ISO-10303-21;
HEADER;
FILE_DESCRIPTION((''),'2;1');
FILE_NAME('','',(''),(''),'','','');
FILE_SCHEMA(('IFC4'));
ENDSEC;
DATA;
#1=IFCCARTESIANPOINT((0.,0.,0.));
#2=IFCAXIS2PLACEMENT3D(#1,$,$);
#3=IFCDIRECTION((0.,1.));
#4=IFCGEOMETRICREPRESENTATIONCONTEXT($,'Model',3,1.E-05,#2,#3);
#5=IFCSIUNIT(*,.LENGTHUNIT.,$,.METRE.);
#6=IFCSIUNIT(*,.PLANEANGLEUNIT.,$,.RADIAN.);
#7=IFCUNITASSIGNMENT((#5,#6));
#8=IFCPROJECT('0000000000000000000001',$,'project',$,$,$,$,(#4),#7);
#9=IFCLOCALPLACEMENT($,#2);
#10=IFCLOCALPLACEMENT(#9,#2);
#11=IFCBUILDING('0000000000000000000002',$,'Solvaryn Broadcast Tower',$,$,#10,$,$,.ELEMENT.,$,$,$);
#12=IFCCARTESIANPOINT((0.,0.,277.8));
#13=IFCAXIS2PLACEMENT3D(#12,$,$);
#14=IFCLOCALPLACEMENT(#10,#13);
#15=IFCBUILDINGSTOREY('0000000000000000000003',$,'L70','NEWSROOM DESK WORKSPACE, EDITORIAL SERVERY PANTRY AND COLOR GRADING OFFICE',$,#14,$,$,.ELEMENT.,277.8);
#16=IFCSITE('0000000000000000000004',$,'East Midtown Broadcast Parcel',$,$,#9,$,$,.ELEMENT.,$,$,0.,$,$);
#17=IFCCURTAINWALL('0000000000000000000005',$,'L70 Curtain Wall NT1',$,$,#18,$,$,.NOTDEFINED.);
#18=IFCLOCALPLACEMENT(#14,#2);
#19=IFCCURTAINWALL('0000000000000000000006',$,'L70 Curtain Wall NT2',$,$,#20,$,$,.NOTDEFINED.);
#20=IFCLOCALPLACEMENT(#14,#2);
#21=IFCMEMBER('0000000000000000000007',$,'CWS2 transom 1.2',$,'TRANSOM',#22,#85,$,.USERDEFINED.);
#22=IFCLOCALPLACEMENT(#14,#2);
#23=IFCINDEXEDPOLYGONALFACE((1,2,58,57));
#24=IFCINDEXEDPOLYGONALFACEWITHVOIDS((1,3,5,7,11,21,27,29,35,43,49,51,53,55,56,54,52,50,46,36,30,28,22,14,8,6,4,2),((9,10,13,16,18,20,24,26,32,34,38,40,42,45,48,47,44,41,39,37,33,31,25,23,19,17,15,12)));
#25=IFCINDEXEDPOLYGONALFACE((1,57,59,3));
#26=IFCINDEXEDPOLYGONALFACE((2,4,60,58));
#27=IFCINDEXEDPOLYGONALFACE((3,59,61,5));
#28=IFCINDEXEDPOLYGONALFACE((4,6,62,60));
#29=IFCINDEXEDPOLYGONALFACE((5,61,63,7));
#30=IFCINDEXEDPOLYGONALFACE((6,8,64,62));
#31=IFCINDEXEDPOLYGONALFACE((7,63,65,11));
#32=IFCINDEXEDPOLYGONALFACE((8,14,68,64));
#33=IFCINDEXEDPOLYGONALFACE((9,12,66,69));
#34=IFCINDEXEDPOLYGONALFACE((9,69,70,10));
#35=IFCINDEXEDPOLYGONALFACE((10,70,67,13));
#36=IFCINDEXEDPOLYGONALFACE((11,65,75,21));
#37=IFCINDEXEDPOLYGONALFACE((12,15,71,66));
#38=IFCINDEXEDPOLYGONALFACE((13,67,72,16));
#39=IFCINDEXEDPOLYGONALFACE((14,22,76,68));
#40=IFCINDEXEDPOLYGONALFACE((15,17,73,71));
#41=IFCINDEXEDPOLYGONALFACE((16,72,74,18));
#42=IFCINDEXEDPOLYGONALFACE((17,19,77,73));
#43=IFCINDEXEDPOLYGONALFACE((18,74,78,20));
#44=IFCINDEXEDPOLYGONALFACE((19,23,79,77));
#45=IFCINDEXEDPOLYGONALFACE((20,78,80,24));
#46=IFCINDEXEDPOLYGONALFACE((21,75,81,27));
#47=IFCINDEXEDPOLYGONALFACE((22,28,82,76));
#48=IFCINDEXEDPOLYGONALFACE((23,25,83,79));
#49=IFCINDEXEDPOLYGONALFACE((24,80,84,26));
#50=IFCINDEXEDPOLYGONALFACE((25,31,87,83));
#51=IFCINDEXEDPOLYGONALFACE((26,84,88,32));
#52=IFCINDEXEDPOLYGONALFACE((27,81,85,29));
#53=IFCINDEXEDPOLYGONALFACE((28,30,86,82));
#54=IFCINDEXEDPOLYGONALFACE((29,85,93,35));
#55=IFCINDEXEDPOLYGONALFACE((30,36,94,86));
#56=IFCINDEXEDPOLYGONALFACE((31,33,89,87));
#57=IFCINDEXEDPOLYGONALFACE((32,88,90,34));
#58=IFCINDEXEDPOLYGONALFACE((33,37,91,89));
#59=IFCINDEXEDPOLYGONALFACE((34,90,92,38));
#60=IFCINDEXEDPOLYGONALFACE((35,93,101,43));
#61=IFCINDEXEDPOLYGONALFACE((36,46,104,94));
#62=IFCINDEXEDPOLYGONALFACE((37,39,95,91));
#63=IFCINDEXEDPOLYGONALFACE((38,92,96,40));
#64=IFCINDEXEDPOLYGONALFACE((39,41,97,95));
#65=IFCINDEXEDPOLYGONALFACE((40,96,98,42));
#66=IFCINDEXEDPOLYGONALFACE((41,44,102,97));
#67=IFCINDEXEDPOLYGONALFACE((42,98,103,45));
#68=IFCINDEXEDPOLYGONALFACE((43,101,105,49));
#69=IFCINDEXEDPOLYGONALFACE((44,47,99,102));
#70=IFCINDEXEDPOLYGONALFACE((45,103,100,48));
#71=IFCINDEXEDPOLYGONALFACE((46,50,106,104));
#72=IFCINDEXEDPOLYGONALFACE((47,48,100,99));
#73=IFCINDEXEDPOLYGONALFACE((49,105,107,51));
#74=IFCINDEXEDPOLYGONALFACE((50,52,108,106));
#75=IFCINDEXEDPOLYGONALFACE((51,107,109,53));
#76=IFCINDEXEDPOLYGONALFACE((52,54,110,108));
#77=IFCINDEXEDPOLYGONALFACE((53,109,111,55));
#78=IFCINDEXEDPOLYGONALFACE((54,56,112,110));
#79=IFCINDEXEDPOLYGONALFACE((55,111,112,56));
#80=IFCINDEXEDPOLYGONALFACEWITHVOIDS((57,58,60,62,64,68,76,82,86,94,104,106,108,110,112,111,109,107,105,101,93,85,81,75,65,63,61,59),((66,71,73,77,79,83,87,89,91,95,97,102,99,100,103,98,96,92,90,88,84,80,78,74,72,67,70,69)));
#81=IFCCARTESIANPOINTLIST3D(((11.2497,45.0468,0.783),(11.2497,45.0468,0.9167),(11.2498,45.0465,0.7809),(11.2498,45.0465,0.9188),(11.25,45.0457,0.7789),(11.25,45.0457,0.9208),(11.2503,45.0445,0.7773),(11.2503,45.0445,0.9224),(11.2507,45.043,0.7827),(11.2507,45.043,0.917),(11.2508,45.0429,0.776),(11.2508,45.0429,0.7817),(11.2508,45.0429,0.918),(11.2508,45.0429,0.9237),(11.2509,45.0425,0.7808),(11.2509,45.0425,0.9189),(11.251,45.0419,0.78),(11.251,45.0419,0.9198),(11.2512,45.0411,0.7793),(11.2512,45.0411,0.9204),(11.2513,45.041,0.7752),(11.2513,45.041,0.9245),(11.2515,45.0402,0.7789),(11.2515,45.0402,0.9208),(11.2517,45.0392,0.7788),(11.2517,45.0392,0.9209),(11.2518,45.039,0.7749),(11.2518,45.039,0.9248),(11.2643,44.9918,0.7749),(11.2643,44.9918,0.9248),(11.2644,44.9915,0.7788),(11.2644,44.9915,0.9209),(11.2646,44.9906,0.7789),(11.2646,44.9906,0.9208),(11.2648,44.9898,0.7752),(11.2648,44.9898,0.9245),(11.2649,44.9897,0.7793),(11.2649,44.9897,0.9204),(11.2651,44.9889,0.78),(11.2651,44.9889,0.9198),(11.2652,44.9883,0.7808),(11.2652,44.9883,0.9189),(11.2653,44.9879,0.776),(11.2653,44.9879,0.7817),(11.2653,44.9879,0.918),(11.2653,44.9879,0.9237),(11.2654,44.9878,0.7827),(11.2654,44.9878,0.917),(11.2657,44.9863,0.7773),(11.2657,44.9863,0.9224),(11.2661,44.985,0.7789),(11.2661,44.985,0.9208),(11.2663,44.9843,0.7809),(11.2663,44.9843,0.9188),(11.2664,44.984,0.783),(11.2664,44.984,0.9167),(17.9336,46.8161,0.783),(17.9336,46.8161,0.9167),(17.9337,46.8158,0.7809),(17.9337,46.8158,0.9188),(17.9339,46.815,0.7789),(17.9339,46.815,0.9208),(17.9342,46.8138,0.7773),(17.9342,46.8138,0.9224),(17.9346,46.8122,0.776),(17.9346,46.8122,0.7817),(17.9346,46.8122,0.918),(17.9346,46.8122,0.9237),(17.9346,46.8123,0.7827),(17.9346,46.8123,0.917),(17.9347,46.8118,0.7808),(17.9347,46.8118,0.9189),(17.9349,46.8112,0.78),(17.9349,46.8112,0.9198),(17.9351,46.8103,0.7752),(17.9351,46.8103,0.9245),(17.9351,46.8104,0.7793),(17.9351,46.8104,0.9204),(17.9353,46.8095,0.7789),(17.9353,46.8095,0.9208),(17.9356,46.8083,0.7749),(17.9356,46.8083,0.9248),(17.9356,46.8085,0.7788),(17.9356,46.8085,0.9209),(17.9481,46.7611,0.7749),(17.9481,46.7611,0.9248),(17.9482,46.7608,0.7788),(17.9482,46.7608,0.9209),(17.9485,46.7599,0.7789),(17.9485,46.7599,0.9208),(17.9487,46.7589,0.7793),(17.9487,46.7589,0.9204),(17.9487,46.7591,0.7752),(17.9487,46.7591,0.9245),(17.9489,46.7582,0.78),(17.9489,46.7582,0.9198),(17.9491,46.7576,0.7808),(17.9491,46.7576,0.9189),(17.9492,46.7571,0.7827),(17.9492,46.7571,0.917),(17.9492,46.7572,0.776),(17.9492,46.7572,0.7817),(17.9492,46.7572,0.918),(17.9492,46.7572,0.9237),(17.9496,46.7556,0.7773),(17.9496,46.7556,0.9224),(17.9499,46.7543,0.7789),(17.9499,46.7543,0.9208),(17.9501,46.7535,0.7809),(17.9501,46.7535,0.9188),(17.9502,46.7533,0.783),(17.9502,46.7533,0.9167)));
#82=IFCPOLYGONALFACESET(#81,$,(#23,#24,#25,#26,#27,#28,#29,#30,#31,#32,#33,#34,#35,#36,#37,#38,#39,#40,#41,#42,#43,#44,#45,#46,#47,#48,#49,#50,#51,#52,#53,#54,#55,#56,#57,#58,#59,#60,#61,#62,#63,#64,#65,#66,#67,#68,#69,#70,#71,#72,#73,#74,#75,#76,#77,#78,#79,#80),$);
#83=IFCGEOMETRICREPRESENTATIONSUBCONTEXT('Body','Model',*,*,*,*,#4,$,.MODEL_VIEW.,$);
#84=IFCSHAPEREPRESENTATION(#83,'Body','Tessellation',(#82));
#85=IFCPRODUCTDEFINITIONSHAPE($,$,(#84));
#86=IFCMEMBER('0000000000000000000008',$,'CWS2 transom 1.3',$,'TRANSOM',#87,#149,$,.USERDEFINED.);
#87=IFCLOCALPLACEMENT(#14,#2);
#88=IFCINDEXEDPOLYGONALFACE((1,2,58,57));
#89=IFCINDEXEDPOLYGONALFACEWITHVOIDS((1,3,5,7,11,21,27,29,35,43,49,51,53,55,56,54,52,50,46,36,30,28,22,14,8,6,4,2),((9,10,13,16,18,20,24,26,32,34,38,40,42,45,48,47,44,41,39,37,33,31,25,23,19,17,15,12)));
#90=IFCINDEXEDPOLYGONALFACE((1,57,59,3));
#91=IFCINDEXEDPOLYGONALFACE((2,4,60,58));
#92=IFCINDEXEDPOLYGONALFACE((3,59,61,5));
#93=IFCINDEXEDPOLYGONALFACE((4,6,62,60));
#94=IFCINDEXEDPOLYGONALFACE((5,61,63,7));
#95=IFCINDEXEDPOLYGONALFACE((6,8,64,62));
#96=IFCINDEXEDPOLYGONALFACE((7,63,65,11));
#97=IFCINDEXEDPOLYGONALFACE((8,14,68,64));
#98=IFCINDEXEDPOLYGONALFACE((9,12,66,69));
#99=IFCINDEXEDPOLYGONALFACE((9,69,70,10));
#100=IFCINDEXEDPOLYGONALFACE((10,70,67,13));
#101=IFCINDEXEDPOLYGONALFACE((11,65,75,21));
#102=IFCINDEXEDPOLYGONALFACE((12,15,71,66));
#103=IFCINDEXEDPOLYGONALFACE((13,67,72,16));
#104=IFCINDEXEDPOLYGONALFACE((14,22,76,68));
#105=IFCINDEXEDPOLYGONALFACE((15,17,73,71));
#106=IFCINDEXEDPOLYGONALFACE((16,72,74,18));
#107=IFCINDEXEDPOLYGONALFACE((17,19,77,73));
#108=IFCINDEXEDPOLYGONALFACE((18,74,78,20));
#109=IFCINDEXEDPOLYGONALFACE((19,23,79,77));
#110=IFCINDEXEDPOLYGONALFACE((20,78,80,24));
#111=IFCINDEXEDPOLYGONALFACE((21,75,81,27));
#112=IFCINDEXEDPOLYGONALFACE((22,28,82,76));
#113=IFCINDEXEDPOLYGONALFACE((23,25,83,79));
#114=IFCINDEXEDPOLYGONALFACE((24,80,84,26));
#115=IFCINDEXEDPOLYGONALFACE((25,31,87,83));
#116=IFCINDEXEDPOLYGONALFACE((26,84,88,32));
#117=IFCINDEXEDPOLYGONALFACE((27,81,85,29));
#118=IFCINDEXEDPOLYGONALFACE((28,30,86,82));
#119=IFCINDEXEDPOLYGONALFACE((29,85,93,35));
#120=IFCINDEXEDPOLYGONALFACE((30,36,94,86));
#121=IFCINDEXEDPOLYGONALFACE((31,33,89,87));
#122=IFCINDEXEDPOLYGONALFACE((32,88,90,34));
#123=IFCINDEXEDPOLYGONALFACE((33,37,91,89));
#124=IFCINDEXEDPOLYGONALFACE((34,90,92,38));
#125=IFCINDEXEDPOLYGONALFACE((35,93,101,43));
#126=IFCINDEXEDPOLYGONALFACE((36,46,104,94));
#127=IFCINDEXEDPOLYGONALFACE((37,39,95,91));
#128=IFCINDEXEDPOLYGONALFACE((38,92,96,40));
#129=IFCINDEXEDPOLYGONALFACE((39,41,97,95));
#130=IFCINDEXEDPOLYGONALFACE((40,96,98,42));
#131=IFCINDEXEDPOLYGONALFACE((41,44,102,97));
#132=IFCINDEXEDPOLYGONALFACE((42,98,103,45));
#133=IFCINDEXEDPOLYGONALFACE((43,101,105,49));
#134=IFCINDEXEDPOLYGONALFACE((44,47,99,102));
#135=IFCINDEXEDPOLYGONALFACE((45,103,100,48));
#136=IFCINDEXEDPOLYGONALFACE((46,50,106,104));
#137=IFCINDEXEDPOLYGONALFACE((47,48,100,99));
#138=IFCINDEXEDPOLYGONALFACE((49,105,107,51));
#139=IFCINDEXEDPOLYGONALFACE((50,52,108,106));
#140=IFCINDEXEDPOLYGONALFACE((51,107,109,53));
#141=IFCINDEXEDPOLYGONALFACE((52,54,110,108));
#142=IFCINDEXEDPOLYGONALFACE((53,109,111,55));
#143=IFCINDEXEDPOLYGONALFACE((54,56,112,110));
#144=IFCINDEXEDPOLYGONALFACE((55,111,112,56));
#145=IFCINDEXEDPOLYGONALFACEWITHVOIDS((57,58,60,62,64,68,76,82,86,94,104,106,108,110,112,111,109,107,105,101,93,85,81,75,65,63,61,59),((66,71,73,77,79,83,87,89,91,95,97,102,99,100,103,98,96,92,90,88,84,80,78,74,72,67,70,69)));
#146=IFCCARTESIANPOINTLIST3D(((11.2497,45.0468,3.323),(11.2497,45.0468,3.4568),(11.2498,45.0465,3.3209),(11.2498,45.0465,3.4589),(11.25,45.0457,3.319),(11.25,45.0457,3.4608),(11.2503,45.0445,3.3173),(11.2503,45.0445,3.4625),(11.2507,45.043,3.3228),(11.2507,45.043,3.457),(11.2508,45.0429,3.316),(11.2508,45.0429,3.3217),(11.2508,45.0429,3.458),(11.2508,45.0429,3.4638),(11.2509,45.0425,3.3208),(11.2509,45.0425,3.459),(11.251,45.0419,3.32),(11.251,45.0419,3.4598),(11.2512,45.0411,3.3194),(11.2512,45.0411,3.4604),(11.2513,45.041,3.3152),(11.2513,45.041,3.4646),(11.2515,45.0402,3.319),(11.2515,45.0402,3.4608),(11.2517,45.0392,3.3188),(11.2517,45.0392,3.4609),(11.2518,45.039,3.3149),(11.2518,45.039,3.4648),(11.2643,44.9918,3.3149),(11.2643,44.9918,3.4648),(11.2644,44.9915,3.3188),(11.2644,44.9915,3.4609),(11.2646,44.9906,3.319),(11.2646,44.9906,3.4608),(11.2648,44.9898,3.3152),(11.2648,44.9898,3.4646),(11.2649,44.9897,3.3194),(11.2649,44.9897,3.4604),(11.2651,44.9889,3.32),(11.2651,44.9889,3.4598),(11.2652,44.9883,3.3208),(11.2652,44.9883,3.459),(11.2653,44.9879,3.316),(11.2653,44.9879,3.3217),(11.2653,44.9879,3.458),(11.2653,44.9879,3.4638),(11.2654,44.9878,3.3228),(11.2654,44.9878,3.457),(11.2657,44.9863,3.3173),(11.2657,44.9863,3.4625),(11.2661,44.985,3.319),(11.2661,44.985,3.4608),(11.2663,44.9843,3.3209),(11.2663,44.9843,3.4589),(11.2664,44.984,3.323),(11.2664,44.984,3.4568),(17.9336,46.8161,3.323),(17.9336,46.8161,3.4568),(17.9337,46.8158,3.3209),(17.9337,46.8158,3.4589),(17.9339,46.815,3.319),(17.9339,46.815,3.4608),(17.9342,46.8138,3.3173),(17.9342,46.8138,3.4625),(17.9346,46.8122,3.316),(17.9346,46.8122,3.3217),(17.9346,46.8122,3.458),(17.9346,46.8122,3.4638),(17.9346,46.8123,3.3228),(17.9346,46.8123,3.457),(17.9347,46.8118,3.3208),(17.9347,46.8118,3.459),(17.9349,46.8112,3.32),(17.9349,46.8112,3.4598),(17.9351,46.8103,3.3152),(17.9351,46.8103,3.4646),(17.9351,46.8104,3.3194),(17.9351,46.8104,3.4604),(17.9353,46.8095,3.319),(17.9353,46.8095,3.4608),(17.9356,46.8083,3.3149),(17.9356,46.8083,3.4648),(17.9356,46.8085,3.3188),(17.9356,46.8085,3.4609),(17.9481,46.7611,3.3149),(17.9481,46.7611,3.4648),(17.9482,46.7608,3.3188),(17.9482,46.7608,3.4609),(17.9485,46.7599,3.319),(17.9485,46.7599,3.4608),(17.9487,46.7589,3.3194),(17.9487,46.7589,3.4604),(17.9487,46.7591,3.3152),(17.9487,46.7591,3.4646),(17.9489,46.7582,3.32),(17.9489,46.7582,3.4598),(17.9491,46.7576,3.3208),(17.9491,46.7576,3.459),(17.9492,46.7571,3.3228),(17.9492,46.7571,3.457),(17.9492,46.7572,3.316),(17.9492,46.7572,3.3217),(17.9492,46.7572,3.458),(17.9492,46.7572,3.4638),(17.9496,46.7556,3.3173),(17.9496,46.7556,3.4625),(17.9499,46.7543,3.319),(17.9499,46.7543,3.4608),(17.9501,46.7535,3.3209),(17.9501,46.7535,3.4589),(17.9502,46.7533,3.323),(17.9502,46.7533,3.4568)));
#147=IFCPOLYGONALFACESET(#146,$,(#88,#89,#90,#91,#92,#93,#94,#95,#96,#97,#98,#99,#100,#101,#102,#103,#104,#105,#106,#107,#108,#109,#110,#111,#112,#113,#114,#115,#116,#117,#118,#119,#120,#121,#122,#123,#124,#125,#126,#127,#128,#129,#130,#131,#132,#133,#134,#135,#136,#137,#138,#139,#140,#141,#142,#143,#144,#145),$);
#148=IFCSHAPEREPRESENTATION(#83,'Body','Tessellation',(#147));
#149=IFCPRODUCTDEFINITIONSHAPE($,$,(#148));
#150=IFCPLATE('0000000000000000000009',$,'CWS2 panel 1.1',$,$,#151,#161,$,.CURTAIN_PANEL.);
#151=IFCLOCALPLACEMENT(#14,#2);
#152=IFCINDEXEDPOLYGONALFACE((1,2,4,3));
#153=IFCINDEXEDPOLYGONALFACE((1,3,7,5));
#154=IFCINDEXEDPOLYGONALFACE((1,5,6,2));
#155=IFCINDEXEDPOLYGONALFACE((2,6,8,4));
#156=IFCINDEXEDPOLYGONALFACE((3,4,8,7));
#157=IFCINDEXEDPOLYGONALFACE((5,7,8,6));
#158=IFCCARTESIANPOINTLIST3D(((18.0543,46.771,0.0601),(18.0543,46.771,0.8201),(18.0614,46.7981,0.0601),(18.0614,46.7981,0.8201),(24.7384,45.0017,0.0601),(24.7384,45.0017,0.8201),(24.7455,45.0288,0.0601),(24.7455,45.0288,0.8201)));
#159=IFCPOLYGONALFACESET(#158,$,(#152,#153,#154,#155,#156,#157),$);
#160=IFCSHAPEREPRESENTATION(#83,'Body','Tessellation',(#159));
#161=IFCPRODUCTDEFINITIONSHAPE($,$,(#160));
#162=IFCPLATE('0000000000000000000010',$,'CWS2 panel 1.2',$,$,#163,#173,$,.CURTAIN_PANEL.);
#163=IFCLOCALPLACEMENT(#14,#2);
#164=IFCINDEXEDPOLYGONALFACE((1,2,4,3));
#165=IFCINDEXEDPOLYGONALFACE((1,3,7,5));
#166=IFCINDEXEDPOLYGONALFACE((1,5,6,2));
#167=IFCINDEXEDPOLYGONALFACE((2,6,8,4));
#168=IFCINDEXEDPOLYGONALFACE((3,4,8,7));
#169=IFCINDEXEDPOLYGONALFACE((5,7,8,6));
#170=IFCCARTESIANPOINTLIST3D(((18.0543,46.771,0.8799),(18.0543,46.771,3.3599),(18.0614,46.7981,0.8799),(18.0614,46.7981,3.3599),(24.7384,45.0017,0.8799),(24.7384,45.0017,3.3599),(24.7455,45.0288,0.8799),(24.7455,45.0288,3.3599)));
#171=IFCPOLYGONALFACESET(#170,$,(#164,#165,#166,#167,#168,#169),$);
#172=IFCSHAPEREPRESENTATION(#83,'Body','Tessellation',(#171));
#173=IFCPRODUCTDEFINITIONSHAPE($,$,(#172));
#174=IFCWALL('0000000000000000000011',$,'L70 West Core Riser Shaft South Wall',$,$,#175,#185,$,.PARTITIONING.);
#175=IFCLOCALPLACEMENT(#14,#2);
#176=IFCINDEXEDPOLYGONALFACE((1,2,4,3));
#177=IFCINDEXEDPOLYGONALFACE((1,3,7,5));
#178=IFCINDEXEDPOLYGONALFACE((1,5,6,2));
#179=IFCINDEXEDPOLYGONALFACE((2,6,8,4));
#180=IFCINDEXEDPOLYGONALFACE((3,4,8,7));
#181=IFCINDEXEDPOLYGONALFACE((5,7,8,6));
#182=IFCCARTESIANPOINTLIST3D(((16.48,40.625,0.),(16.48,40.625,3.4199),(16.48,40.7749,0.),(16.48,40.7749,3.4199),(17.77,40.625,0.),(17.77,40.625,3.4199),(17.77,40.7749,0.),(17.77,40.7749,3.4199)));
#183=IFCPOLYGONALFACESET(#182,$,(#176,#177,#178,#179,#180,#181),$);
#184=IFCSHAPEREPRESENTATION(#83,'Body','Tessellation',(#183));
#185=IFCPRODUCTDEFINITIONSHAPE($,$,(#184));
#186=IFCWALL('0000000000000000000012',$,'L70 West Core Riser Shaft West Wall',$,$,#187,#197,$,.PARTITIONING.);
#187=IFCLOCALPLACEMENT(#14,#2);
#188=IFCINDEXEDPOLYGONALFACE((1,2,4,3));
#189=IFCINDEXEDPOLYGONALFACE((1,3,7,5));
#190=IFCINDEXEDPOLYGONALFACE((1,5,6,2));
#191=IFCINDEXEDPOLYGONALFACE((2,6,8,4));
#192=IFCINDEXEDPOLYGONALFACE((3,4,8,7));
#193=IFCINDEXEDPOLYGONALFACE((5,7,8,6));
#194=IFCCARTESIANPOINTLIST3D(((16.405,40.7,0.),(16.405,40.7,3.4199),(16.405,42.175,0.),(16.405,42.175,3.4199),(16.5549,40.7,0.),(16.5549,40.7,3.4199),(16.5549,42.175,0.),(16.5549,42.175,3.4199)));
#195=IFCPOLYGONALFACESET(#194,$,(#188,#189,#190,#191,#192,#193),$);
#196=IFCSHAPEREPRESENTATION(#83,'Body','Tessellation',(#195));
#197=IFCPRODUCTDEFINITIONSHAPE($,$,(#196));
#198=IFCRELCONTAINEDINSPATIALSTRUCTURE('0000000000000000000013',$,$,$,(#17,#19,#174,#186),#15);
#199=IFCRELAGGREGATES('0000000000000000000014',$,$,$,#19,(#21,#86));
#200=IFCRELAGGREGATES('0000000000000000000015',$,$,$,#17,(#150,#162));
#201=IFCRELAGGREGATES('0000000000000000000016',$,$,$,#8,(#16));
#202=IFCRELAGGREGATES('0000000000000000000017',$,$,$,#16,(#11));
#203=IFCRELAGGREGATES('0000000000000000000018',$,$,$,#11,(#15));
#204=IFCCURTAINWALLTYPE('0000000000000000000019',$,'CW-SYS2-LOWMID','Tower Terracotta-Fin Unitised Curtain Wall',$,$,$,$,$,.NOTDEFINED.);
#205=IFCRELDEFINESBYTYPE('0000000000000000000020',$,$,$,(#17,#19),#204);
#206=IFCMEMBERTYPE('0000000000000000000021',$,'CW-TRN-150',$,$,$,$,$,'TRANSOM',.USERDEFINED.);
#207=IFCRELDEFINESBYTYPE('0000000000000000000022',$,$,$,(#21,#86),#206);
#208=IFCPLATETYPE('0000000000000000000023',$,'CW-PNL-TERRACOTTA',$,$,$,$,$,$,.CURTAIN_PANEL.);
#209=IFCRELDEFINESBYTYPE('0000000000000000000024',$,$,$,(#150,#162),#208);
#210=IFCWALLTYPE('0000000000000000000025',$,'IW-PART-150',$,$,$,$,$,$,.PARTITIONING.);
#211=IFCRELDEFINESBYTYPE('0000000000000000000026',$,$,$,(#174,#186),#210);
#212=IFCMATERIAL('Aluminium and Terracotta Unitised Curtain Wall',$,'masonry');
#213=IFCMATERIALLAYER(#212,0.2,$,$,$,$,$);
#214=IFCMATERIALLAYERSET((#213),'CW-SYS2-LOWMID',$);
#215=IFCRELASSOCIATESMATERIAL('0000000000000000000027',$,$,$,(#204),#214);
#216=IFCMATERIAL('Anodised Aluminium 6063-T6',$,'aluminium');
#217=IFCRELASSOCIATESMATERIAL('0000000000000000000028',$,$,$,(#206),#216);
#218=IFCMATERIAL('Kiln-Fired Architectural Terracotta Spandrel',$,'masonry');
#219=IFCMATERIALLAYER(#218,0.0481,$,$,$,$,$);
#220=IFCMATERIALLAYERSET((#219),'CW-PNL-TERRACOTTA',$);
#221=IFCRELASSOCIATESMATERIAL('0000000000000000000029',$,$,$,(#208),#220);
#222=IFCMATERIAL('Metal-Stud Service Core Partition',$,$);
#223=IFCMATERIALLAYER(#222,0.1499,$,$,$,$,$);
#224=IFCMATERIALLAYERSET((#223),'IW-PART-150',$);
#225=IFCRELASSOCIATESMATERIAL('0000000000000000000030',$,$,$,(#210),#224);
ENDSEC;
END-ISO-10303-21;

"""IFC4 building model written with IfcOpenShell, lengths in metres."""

from ifc_helpers import new_model, si_unit, direction, frame, frame_2d, origin, origin_2d, place, context, subcontext, project, spatial, rectangle, hollow_rectangle, extrude, material, layer, layer_set, material_profile, profile_set, type_object, element, aggregate, save


model = new_model("IFC4")

# Units and contexts
model_context = context("Model", 3, precision=1e-05, world=origin(), true_north=direction((0.0, 1.0)))
body_context = subcontext(model_context, "Body", "Model", "MODEL_VIEW")
ifc_project = project(units=[si_unit("LENGTHUNIT", "METRE"), si_unit("PLANEANGLEUNIT", "RADIAN")], contexts=[model_context])

# Site, building, storey
site_placement = place(None, origin())
site = spatial("IfcSite", under=ifc_project, at=site_placement, Name="East Midtown Broadcast Parcel", CompositionType="ELEMENT", RefElevation=0.0)
building_placement = place(site_placement, origin())
building = spatial("IfcBuilding", under=site, at=building_placement, Name="Solvaryn Broadcast Tower", CompositionType="ELEMENT")
storey_placement = place(building_placement, frame((0.0, 0.0, 277.8)))
storey = spatial("IfcBuildingStorey", under=building, at=storey_placement, Name="L70", Description="NEWSROOM DESK WORKSPACE, EDITORIAL SERVERY PANTRY AND COLOR GRADING OFFICE", CompositionType="ELEMENT", Elevation=277.8)

# Curtain wall
ifc_material_1 = material(Name="Aluminium and Terracotta Unitised Curtain Wall", Category="masonry")
ifc_layer_1 = layer(ifc_material_1, 0.2)
ifc_layer_set_1 = layer_set([ifc_layer_1], Name="CW-SYS2-LOWMID")
curtain_wall_type = type_object("IfcCurtainWallType", Name="CW-SYS2-LOWMID", Description="Tower Terracotta-Fin Unitised Curtain Wall", PredefinedType="NOTDEFINED", material=ifc_layer_set_1)
curtain_wall_1_placement = place(storey_placement, origin())
curtain_wall_1 = element("IfcCurtainWall", 1, at=curtain_wall_1_placement, inside=storey, type_object=curtain_wall_type, Name="L70 Curtain Wall NT1", PredefinedType="NOTDEFINED")

# Curtain wall, members
curtain_wall_2_placement = place(storey_placement, origin())
curtain_wall_2 = element("IfcCurtainWall", 2, at=curtain_wall_2_placement, inside=storey, type_object=curtain_wall_type, Name="L70 Curtain Wall NT2", PredefinedType="NOTDEFINED")
ifc_material_2 = material(Name="Anodised Aluminium 6063-T6", Category="aluminium")
ifc_material_profile_1 = material_profile(ifc_material_2, hollow_rectangle(XDim=0.0649, YDim=0.1499, WallThickness=0.0039, InnerFilletRadius=0.0039, OuterFilletRadius=0.0081, at=origin_2d()))
ifc_profile_set_1 = profile_set([ifc_material_profile_1], Name="Anodised Aluminium 6063-T6")
member_type_1 = type_object("IfcMemberType", Name="CW-TRN-150", ElementType="TRANSOM", PredefinedType="USERDEFINED", material=ifc_profile_set_1)
member_1_placement = place(storey_placement, frame((17.9419, 46.7847, 0.8499), z_axis=(-0.966704, -0.255897, 0.0), x_axis=(0.255897, -0.966704, 0.0)))
member_1 = element("IfcMember", 3, at=member_1_placement, type_object=member_type_1, Name="CWS2 transom 1.2", ObjectType="TRANSOM", PredefinedType="USERDEFINED", context=body_context, shape_type="SweptSolid", body=[
    extrude(hollow_rectangle(XDim=0.0649, YDim=0.1499, WallThickness=0.0039, InnerFilletRadius=0.0039, OuterFilletRadius=0.0081, at=origin_2d()), origin(), (0.0, 0.0, 1.0), 6.9141),
])
member_2_placement = place(storey_placement, frame((17.9419, 46.7847, 3.3899), z_axis=(-0.966704, -0.255897, 0.0), x_axis=(0.255897, -0.966704, 0.0)))
member_2 = element("IfcMember", 4, at=member_2_placement, type_object=member_type_1, Name="CWS2 transom 1.3", ObjectType="TRANSOM", PredefinedType="USERDEFINED", context=body_context, shape_type="SweptSolid", body=[
    extrude(hollow_rectangle(XDim=0.0649, YDim=0.1499, WallThickness=0.0039, InnerFilletRadius=0.0039, OuterFilletRadius=0.0081, at=origin_2d()), origin(), (0.0, 0.0, 1.0), 6.9141),
])
aggregate(curtain_wall_2, [member_1, member_2])

# Plates
ifc_material_3 = material(Name="Kiln-Fired Architectural Terracotta Spandrel", Category="masonry")
ifc_layer_2 = layer(ifc_material_3, 0.0481)
ifc_layer_set_2 = layer_set([ifc_layer_2], Name="CW-PNL-TERRACOTTA")
plate_type = type_object("IfcPlateType", Name="CW-PNL-TERRACOTTA", PredefinedType="CURTAIN_PANEL", material=ifc_layer_set_2)
plate_1_placement = place(storey_placement, frame((21.3999, 45.8999, 0.0601), z_axis=(0.0, 0.0, 1.0), x_axis=(-0.966705, 0.255893, 0.0)))
plate_1 = element("IfcPlate", 5, at=plate_1_placement, type_object=plate_type, Name="CWS2 panel 1.1", PredefinedType="CURTAIN_PANEL", context=body_context, shape_type="SweptSolid", body=[
    extrude(rectangle(XDim=6.9143, YDim=0.0281, at=origin_2d()), origin(), (0.0, 0.0, 1.0), 0.76),
])
plate_2_placement = place(storey_placement, frame((21.3999, 45.8999, 0.8799), z_axis=(0.0, 0.0, 1.0), x_axis=(-0.966705, 0.255893, 0.0)))
plate_2 = element("IfcPlate", 6, at=plate_2_placement, type_object=plate_type, Name="CWS2 panel 1.2", PredefinedType="CURTAIN_PANEL", context=body_context, shape_type="SweptSolid", body=[
    extrude(rectangle(XDim=6.9143, YDim=0.0281, at=origin_2d()), origin(), (0.0, 0.0, 1.0), 2.48),
])
aggregate(curtain_wall_1, [plate_1, plate_2])

# Walls
ifc_material_4 = material(Name="Metal-Stud Service Core Partition")
ifc_layer_3 = layer(ifc_material_4, 0.1499)
ifc_layer_set_3 = layer_set([ifc_layer_3], Name="IW-PART-150")
wall_type_1 = type_object("IfcWallType", Name="IW-PART-150", PredefinedType="PARTITIONING", material=ifc_layer_set_3)
wall_1_placement = place(storey_placement, frame((16.48, 40.7, 0.0), z_axis=(0.0, 0.0, 1.0), x_axis=(1.0, 0.0, 0.0)))
element("IfcWall", 7, at=wall_1_placement, inside=storey, type_object=wall_type_1, Name="L70 West Core Riser Shaft South Wall", PredefinedType="PARTITIONING", context=body_context, shape_type="SweptSolid", body=[
    extrude(rectangle(XDim=1.29, YDim=0.1499, at=frame_2d((0.645, 0.0))), origin(), (0.0, 0.0, 1.0), 3.4199),
])
wall_2_placement = place(storey_placement, frame((16.48, 40.7, 0.0), z_axis=(0.0, 0.0, 1.0), x_axis=(0.0, 1.0, 0.0)))
element("IfcWall", 8, at=wall_2_placement, inside=storey, type_object=wall_type_1, Name="L70 West Core Riser Shaft West Wall", PredefinedType="PARTITIONING", context=body_context, shape_type="SweptSolid", body=[
    extrude(rectangle(XDim=1.4751, YDim=0.1499, at=frame_2d((0.7375, 0.0))), origin(), (0.0, 0.0, 1.0), 3.4199),
])

save(model, "model.ifc")
